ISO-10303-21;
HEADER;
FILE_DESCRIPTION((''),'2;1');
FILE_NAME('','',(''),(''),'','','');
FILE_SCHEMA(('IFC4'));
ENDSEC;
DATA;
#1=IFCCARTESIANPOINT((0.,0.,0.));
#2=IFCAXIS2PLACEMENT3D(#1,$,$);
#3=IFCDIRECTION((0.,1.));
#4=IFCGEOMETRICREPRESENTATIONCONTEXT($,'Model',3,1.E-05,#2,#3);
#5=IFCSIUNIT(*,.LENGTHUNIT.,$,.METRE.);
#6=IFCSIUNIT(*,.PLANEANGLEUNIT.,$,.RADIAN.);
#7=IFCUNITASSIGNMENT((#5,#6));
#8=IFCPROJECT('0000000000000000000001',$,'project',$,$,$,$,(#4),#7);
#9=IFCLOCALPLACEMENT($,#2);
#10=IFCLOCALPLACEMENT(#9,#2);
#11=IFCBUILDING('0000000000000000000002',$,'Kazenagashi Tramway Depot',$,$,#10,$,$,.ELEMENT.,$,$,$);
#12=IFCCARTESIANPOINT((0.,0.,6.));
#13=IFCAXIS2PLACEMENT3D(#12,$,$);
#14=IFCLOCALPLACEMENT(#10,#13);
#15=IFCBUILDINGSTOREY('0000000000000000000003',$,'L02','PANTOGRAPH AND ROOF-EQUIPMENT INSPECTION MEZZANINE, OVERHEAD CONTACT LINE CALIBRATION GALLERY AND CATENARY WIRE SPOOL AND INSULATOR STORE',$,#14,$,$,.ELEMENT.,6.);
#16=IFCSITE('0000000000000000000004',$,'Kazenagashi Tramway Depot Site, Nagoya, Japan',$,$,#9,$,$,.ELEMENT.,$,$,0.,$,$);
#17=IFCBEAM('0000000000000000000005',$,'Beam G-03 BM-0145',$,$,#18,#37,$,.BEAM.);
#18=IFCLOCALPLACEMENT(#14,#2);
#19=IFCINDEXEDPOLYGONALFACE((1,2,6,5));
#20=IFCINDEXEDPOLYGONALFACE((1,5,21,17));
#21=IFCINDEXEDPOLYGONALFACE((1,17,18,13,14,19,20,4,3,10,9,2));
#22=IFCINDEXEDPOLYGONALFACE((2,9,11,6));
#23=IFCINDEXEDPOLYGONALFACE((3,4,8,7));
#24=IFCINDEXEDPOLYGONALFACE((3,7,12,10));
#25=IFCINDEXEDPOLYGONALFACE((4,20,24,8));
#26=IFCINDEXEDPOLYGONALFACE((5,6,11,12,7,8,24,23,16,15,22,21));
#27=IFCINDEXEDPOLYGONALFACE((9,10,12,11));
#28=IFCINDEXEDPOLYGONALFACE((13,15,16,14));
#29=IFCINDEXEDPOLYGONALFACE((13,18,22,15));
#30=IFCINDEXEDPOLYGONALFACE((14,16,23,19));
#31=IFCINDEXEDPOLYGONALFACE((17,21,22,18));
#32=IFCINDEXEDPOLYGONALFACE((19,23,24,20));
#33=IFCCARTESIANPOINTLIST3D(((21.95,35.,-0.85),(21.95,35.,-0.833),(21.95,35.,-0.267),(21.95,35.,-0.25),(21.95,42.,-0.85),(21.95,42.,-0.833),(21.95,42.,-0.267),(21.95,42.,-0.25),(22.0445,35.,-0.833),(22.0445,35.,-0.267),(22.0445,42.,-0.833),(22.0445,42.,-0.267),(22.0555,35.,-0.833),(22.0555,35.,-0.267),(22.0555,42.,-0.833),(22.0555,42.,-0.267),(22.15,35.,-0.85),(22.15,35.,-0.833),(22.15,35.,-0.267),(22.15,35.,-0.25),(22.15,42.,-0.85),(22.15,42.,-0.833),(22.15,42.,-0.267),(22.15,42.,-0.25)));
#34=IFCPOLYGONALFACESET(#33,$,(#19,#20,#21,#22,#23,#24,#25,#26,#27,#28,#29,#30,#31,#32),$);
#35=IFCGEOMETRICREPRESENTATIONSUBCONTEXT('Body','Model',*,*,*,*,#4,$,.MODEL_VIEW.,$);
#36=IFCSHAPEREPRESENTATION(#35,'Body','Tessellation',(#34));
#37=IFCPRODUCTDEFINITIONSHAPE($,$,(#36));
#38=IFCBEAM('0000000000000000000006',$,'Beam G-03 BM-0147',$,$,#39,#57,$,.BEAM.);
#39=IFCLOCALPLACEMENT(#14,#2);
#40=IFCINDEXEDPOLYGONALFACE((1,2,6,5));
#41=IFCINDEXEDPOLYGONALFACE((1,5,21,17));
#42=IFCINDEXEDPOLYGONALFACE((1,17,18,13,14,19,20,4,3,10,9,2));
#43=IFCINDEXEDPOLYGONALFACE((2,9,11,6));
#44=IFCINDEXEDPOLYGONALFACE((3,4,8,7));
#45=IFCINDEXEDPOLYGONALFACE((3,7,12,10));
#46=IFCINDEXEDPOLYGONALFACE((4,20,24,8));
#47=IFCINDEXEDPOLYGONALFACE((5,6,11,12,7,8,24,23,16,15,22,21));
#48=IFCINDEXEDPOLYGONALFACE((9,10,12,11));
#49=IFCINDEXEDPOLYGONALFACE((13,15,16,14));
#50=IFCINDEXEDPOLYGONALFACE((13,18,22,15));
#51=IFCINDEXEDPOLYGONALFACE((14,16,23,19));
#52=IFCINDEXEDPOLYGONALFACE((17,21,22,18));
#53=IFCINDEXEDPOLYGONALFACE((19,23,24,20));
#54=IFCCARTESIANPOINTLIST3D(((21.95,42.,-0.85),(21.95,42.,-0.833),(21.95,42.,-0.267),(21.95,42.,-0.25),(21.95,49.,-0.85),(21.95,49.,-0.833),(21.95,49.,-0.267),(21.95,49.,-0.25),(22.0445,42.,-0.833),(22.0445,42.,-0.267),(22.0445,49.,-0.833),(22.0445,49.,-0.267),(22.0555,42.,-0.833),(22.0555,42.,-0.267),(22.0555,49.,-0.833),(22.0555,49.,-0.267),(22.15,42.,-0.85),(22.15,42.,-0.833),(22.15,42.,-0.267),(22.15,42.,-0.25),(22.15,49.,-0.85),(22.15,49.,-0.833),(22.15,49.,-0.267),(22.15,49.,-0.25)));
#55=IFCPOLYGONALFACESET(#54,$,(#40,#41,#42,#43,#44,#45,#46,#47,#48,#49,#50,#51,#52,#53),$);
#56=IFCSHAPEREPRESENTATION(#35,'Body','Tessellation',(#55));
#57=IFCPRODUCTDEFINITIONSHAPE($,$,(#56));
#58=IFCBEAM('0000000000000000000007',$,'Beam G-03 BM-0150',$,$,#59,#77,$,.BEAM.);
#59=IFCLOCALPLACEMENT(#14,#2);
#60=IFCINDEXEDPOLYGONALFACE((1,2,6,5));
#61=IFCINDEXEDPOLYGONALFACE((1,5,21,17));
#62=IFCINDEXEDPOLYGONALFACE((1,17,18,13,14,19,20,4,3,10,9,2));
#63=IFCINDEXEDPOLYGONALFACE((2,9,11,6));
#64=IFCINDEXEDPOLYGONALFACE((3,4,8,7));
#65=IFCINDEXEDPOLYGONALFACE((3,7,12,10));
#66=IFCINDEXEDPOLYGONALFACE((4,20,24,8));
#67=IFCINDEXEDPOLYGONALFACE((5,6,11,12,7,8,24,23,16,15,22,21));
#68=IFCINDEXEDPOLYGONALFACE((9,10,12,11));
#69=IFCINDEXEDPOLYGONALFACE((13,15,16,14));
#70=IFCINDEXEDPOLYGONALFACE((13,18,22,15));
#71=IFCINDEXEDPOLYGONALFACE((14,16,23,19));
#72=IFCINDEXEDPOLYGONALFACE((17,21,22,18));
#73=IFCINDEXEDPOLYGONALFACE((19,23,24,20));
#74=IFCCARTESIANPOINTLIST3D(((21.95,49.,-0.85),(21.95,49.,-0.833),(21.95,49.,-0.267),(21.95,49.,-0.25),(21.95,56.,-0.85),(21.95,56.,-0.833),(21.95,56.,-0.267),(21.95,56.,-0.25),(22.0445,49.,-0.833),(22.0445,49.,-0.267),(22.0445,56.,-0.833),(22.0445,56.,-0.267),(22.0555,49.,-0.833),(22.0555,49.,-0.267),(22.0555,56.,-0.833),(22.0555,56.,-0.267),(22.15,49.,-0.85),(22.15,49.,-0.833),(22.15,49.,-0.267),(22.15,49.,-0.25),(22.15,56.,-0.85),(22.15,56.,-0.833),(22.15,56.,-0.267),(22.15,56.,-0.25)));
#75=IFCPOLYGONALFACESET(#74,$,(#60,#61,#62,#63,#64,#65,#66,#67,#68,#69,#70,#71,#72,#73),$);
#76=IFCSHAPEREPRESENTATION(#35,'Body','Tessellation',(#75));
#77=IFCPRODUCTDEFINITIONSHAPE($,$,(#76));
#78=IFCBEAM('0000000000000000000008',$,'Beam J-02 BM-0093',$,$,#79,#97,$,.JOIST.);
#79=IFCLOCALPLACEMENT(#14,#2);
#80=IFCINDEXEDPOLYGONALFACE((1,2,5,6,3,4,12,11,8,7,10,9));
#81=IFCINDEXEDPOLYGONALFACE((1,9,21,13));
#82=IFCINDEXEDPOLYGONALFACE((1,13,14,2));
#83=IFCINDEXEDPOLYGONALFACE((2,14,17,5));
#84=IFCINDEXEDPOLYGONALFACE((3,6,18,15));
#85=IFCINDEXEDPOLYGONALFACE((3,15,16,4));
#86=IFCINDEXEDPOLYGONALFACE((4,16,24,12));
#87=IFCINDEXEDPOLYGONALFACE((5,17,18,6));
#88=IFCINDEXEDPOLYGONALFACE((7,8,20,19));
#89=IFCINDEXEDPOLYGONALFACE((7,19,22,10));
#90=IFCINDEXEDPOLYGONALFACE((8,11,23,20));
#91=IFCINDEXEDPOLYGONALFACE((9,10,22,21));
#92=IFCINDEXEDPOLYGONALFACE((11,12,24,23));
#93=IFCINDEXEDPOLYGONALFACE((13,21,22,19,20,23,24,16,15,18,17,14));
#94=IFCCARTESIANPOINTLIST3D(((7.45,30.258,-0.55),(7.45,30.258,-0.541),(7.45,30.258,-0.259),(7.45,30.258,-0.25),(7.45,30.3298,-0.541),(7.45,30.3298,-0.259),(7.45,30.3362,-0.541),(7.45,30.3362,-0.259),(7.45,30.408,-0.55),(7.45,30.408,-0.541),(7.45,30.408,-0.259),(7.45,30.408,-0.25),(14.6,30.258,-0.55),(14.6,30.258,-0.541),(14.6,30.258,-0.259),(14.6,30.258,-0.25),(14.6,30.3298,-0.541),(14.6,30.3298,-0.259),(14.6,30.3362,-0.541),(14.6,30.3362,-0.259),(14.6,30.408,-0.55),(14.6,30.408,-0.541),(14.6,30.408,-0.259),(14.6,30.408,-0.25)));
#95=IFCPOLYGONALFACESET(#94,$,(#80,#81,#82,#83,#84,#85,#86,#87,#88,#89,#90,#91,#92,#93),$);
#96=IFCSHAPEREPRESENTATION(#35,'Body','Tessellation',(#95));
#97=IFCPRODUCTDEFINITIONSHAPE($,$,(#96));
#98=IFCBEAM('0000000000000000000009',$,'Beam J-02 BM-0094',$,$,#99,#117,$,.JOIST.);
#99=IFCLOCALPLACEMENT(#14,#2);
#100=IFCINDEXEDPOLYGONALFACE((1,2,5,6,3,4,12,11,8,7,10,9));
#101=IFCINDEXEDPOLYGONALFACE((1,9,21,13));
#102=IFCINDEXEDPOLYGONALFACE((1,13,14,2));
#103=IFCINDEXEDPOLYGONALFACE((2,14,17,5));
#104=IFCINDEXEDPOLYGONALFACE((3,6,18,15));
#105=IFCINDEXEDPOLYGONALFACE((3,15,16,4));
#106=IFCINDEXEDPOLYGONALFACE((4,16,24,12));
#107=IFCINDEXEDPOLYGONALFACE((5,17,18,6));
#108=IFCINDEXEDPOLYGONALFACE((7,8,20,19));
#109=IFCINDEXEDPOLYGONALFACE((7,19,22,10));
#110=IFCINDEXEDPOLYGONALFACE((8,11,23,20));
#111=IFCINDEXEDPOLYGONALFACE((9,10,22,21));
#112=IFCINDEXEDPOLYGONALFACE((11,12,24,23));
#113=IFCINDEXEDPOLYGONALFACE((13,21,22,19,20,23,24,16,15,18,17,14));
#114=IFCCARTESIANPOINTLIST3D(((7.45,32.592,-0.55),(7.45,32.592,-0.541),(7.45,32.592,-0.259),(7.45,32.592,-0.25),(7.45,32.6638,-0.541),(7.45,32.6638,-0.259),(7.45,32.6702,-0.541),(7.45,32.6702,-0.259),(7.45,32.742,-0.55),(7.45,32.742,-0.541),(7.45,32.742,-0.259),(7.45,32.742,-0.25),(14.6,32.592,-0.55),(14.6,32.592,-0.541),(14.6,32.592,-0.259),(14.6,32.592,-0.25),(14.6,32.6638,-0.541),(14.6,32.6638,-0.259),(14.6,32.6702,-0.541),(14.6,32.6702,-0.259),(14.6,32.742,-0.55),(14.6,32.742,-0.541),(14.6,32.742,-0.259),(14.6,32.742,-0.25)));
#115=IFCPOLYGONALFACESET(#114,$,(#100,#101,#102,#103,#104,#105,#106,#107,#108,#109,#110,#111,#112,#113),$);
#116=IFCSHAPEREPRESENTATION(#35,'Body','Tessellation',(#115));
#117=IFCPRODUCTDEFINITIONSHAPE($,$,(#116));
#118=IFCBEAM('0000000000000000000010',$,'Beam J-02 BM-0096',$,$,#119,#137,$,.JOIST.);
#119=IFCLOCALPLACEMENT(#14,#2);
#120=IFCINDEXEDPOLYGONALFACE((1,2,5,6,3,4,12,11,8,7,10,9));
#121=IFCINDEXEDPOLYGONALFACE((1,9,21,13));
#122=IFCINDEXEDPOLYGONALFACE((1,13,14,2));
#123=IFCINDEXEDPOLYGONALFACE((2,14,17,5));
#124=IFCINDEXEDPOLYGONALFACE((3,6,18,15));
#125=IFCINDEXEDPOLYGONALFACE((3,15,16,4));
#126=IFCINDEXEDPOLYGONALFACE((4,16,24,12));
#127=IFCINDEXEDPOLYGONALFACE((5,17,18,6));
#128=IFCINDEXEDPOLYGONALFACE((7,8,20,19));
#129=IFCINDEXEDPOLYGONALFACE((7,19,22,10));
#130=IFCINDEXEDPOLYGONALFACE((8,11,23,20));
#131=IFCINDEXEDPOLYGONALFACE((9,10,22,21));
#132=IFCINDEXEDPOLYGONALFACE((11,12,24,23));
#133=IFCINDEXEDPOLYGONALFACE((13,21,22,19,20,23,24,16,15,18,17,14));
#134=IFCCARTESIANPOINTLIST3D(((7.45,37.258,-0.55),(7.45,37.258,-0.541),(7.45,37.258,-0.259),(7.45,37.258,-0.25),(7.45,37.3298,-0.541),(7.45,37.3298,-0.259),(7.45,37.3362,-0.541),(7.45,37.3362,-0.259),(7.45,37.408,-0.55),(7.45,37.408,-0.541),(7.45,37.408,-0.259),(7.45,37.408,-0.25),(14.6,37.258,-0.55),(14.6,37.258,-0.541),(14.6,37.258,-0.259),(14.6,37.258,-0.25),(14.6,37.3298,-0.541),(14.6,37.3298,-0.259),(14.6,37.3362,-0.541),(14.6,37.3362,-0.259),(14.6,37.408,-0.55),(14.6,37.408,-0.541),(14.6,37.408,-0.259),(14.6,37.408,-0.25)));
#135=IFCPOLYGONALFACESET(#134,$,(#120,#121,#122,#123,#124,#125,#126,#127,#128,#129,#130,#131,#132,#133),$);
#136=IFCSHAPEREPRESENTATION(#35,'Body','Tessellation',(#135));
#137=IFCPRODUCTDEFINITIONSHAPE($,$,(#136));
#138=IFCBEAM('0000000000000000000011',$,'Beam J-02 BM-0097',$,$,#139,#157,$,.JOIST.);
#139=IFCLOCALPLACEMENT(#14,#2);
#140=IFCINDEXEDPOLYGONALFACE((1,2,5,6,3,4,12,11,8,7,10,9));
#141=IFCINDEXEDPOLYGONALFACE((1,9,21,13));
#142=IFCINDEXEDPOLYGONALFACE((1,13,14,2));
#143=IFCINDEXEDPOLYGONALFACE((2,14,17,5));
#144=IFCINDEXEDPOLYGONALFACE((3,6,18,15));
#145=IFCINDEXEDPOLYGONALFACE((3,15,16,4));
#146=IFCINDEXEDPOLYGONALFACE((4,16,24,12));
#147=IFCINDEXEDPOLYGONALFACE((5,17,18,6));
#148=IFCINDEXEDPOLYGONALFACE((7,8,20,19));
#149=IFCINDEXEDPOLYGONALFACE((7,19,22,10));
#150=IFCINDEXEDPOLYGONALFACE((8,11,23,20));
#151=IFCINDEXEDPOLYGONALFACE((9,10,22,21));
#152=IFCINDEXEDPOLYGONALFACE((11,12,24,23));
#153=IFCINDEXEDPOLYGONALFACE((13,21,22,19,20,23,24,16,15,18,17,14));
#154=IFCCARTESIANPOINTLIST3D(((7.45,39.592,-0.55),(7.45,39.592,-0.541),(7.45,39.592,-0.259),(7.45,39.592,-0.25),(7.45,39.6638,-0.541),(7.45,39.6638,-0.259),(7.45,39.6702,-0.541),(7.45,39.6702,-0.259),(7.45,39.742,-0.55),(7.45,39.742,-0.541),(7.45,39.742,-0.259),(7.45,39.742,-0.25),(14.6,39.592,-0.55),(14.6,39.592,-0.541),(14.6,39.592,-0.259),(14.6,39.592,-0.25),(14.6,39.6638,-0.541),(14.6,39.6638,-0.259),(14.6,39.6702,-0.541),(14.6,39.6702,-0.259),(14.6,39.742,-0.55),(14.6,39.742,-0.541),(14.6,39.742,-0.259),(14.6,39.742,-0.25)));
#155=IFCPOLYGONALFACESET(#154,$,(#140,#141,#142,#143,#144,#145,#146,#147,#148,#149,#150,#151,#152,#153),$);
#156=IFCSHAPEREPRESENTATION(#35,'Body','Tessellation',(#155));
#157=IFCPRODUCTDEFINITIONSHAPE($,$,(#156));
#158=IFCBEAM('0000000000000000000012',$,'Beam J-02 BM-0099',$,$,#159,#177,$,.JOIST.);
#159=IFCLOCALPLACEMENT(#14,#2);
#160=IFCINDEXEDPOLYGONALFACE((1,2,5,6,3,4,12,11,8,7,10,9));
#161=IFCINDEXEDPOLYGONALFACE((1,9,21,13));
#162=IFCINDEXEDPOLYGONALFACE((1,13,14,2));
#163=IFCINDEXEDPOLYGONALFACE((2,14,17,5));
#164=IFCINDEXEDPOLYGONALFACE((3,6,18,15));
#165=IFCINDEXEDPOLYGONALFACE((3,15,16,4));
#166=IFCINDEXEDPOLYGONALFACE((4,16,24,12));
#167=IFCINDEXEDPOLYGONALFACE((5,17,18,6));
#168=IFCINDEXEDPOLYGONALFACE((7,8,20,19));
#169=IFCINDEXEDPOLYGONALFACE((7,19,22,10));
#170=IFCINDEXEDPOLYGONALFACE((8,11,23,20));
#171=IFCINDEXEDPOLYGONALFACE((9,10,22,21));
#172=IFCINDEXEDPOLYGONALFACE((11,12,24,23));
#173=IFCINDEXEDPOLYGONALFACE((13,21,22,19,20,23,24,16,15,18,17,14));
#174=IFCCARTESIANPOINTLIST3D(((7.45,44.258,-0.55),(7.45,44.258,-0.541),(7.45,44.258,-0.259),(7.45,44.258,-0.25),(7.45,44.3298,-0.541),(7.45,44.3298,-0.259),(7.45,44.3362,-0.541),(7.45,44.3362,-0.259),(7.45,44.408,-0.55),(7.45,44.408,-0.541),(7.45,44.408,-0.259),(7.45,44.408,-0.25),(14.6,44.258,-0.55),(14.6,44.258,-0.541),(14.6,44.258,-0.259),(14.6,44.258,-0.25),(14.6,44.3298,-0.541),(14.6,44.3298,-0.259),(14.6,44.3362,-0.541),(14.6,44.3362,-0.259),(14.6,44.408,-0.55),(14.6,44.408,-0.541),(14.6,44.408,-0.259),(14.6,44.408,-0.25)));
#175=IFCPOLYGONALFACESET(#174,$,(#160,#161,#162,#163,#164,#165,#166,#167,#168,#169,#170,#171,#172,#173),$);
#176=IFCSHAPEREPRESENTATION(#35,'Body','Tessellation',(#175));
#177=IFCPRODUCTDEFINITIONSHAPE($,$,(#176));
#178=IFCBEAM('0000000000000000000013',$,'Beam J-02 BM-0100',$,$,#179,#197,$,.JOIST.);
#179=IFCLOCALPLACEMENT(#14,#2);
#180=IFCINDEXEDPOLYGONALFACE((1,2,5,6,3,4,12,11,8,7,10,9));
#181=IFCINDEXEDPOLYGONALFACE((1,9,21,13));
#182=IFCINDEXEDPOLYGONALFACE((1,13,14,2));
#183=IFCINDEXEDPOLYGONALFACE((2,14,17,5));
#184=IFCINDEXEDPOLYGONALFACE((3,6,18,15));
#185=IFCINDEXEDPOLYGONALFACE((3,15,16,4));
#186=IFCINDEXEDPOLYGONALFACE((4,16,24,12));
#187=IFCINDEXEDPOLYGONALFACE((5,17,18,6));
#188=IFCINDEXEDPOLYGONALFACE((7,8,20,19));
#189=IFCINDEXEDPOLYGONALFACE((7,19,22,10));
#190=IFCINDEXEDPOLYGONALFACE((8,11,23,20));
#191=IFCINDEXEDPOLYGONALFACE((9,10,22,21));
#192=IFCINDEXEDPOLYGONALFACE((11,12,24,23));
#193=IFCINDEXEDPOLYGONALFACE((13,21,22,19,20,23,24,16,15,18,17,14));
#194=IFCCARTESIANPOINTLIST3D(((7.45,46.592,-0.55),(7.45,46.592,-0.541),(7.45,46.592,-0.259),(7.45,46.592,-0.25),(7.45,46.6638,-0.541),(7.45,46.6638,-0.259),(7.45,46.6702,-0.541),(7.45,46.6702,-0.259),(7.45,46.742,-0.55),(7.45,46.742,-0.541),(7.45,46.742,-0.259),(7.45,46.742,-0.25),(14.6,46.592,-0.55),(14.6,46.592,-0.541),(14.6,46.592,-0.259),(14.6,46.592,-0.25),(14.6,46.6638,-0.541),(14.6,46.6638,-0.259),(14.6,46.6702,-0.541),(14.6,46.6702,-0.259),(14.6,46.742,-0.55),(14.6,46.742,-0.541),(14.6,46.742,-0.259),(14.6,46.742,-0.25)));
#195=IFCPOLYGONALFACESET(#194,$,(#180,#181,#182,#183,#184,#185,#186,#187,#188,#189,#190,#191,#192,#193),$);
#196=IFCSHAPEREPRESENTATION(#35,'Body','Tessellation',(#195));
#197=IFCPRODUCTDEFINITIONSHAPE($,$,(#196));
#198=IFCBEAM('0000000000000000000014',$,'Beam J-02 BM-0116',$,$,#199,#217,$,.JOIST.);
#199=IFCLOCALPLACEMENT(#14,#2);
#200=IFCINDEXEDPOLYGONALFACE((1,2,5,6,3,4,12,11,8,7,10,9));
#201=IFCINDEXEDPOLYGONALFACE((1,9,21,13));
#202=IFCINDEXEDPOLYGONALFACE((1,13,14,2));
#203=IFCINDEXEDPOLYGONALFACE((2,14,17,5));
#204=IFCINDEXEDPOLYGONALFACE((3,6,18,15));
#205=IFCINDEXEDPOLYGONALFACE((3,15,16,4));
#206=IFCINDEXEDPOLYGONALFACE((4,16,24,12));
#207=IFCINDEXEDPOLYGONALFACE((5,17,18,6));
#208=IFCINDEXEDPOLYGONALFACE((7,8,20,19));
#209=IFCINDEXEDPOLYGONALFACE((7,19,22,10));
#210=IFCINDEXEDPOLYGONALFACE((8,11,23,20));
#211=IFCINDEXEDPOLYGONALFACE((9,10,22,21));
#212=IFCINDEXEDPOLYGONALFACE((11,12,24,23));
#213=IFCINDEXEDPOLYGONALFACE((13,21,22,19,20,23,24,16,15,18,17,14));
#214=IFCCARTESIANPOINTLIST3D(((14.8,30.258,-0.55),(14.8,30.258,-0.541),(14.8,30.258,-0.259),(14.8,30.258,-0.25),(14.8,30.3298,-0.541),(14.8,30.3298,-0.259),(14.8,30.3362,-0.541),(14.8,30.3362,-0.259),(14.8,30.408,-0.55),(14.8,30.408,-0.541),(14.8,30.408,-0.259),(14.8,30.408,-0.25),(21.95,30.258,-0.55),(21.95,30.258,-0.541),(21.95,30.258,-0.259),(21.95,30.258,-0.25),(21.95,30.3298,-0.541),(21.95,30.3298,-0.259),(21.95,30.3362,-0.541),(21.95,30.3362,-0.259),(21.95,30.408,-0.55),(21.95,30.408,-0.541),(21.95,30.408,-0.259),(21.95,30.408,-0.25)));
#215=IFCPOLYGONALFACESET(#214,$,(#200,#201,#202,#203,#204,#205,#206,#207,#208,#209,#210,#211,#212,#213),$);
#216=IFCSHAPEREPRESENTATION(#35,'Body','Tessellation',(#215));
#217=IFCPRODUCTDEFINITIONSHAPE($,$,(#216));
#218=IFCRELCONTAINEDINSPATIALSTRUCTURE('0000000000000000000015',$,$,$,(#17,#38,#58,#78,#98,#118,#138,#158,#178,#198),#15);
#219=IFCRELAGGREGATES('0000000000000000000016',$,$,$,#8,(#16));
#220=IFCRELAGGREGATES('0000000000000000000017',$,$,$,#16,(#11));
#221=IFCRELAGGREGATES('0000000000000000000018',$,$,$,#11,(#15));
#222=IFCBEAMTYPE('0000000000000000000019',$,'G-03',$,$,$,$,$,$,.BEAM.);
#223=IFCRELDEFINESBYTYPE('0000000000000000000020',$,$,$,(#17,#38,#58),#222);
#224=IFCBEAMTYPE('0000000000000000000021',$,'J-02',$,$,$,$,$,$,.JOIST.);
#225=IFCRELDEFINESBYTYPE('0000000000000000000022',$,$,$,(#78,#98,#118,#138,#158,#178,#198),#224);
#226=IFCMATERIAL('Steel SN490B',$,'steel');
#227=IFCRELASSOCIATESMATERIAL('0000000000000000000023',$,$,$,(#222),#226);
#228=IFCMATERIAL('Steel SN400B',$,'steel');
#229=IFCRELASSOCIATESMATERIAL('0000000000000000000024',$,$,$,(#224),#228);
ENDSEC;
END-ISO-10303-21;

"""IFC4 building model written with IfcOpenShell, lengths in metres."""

from ifc_helpers import new_model, si_unit, direction, frame, origin, origin_2d, place, context, subcontext, project, spatial, i_section, extrude, material, material_profile, profile_set, type_object, element, save


model = new_model("IFC4")

# Units and contexts
model_context = context("Model", 3, precision=1e-05, world=origin(), true_north=direction((0.0, 1.0)))
body_context = subcontext(model_context, "Body", "Model", "MODEL_VIEW")
ifc_project = project(units=[si_unit("LENGTHUNIT", "METRE"), si_unit("PLANEANGLEUNIT", "RADIAN")], contexts=[model_context])

# Site, building, storey
site_placement = place(None, origin())
site = spatial("IfcSite", under=ifc_project, at=site_placement, Name="Kazenagashi Tramway Depot Site, Nagoya, Japan", CompositionType="ELEMENT", RefElevation=0.0)
building_placement = place(site_placement, origin())
building = spatial("IfcBuilding", under=site, at=building_placement, Name="Kazenagashi Tramway Depot", CompositionType="ELEMENT")
storey_placement = place(building_placement, frame((0.0, 0.0, 6.0)))
storey = spatial("IfcBuildingStorey", under=building, at=storey_placement, Name="L02", Description="PANTOGRAPH AND ROOF-EQUIPMENT INSPECTION MEZZANINE, OVERHEAD CONTACT LINE CALIBRATION GALLERY AND CATENARY WIRE SPOOL AND INSULATOR STORE", CompositionType="ELEMENT", Elevation=6.0)

# Shared definitions
ifc_material_1 = material(Name="Steel SN490B", Category="steel")

# Beams
ifc_material_profile_1 = material_profile(ifc_material_1, i_section(OverallWidth=0.2, OverallDepth=0.6, WebThickness=0.011, FlangeThickness=0.017, at=origin_2d()), Name="H-600x200x11x17")
ifc_profile_set_1 = profile_set([ifc_material_profile_1], Name="Steel SN490B")
beam_type_1 = type_object("IfcBeamType", Name="G-03", PredefinedType="BEAM", material=ifc_profile_set_1)
for number, where, z_axis, x_axis, name in (
    (1, (22.05, 35.0, -0.55), (0.0, 1.0, 0.0), (-1.0, 0.0, 0.0), "Beam G-03 BM-0145"),
    (2, (22.05, 42.0, -0.55), (0.0, 1.0, 0.0), (-1.0, 0.0, 0.0), "Beam G-03 BM-0147"),
    (3, (22.05, 49.0, -0.55), (0.0, 1.0, 0.0), (-1.0, 0.0, 0.0), "Beam G-03 BM-0150"),
):
    element("IfcBeam", number, at=place(storey_placement, frame(where, z_axis=z_axis, x_axis=x_axis)), inside=storey, type_object=beam_type_1, Name=name, PredefinedType="BEAM", context=body_context, shape_type="SweptSolid", body=[
        extrude(i_section(OverallWidth=0.2, OverallDepth=0.6, WebThickness=0.011, FlangeThickness=0.017, at=origin_2d()), origin(), (0.0, 0.0, 1.0), 7.0),
    ])
ifc_material_2 = material(Name="Steel SN400B", Category="steel")
ifc_material_profile_2 = material_profile(ifc_material_2, i_section(OverallWidth=0.15, OverallDepth=0.3, WebThickness=0.0065, FlangeThickness=0.009, at=origin_2d()), Name="H-300x150x6.5x9")
ifc_profile_set_2 = profile_set([ifc_material_profile_2], Name="Steel SN400B")
beam_type_2 = type_object("IfcBeamType", Name="J-02", PredefinedType="JOIST", material=ifc_profile_set_2)
for number, where, z_axis, x_axis, name in (
    (4, (7.45, 30.333, -0.4), (1.0, 0.0, 0.0), (0.0, 1.0, 0.0), "Beam J-02 BM-0093"),
    (5, (7.45, 32.667, -0.4), (1.0, 0.0, 0.0), (0.0, 1.0, 0.0), "Beam J-02 BM-0094"),
    (6, (7.45, 37.333, -0.4), (1.0, 0.0, 0.0), (0.0, 1.0, 0.0), "Beam J-02 BM-0096"),
    (7, (7.45, 39.667, -0.4), (1.0, 0.0, 0.0), (0.0, 1.0, 0.0), "Beam J-02 BM-0097"),
    (8, (7.45, 44.333, -0.4), (1.0, 0.0, 0.0), (0.0, 1.0, 0.0), "Beam J-02 BM-0099"),
    (9, (7.45, 46.667, -0.4), (1.0, 0.0, 0.0), (0.0, 1.0, 0.0), "Beam J-02 BM-0100"),
    (10, (14.8, 30.333, -0.4), (1.0, 0.0, 0.0), (0.0, 1.0, 0.0), "Beam J-02 BM-0116"),
):
    element("IfcBeam", number, at=place(storey_placement, frame(where, z_axis=z_axis, x_axis=x_axis)), inside=storey, type_object=beam_type_2, Name=name, PredefinedType="JOIST", context=body_context, shape_type="SweptSolid", body=[
        extrude(i_section(OverallWidth=0.15, OverallDepth=0.3, WebThickness=0.0065, FlangeThickness=0.009, at=origin_2d()), origin(), (0.0, 0.0, 1.0), 7.15),
    ])

save(model, "model.ifc")
